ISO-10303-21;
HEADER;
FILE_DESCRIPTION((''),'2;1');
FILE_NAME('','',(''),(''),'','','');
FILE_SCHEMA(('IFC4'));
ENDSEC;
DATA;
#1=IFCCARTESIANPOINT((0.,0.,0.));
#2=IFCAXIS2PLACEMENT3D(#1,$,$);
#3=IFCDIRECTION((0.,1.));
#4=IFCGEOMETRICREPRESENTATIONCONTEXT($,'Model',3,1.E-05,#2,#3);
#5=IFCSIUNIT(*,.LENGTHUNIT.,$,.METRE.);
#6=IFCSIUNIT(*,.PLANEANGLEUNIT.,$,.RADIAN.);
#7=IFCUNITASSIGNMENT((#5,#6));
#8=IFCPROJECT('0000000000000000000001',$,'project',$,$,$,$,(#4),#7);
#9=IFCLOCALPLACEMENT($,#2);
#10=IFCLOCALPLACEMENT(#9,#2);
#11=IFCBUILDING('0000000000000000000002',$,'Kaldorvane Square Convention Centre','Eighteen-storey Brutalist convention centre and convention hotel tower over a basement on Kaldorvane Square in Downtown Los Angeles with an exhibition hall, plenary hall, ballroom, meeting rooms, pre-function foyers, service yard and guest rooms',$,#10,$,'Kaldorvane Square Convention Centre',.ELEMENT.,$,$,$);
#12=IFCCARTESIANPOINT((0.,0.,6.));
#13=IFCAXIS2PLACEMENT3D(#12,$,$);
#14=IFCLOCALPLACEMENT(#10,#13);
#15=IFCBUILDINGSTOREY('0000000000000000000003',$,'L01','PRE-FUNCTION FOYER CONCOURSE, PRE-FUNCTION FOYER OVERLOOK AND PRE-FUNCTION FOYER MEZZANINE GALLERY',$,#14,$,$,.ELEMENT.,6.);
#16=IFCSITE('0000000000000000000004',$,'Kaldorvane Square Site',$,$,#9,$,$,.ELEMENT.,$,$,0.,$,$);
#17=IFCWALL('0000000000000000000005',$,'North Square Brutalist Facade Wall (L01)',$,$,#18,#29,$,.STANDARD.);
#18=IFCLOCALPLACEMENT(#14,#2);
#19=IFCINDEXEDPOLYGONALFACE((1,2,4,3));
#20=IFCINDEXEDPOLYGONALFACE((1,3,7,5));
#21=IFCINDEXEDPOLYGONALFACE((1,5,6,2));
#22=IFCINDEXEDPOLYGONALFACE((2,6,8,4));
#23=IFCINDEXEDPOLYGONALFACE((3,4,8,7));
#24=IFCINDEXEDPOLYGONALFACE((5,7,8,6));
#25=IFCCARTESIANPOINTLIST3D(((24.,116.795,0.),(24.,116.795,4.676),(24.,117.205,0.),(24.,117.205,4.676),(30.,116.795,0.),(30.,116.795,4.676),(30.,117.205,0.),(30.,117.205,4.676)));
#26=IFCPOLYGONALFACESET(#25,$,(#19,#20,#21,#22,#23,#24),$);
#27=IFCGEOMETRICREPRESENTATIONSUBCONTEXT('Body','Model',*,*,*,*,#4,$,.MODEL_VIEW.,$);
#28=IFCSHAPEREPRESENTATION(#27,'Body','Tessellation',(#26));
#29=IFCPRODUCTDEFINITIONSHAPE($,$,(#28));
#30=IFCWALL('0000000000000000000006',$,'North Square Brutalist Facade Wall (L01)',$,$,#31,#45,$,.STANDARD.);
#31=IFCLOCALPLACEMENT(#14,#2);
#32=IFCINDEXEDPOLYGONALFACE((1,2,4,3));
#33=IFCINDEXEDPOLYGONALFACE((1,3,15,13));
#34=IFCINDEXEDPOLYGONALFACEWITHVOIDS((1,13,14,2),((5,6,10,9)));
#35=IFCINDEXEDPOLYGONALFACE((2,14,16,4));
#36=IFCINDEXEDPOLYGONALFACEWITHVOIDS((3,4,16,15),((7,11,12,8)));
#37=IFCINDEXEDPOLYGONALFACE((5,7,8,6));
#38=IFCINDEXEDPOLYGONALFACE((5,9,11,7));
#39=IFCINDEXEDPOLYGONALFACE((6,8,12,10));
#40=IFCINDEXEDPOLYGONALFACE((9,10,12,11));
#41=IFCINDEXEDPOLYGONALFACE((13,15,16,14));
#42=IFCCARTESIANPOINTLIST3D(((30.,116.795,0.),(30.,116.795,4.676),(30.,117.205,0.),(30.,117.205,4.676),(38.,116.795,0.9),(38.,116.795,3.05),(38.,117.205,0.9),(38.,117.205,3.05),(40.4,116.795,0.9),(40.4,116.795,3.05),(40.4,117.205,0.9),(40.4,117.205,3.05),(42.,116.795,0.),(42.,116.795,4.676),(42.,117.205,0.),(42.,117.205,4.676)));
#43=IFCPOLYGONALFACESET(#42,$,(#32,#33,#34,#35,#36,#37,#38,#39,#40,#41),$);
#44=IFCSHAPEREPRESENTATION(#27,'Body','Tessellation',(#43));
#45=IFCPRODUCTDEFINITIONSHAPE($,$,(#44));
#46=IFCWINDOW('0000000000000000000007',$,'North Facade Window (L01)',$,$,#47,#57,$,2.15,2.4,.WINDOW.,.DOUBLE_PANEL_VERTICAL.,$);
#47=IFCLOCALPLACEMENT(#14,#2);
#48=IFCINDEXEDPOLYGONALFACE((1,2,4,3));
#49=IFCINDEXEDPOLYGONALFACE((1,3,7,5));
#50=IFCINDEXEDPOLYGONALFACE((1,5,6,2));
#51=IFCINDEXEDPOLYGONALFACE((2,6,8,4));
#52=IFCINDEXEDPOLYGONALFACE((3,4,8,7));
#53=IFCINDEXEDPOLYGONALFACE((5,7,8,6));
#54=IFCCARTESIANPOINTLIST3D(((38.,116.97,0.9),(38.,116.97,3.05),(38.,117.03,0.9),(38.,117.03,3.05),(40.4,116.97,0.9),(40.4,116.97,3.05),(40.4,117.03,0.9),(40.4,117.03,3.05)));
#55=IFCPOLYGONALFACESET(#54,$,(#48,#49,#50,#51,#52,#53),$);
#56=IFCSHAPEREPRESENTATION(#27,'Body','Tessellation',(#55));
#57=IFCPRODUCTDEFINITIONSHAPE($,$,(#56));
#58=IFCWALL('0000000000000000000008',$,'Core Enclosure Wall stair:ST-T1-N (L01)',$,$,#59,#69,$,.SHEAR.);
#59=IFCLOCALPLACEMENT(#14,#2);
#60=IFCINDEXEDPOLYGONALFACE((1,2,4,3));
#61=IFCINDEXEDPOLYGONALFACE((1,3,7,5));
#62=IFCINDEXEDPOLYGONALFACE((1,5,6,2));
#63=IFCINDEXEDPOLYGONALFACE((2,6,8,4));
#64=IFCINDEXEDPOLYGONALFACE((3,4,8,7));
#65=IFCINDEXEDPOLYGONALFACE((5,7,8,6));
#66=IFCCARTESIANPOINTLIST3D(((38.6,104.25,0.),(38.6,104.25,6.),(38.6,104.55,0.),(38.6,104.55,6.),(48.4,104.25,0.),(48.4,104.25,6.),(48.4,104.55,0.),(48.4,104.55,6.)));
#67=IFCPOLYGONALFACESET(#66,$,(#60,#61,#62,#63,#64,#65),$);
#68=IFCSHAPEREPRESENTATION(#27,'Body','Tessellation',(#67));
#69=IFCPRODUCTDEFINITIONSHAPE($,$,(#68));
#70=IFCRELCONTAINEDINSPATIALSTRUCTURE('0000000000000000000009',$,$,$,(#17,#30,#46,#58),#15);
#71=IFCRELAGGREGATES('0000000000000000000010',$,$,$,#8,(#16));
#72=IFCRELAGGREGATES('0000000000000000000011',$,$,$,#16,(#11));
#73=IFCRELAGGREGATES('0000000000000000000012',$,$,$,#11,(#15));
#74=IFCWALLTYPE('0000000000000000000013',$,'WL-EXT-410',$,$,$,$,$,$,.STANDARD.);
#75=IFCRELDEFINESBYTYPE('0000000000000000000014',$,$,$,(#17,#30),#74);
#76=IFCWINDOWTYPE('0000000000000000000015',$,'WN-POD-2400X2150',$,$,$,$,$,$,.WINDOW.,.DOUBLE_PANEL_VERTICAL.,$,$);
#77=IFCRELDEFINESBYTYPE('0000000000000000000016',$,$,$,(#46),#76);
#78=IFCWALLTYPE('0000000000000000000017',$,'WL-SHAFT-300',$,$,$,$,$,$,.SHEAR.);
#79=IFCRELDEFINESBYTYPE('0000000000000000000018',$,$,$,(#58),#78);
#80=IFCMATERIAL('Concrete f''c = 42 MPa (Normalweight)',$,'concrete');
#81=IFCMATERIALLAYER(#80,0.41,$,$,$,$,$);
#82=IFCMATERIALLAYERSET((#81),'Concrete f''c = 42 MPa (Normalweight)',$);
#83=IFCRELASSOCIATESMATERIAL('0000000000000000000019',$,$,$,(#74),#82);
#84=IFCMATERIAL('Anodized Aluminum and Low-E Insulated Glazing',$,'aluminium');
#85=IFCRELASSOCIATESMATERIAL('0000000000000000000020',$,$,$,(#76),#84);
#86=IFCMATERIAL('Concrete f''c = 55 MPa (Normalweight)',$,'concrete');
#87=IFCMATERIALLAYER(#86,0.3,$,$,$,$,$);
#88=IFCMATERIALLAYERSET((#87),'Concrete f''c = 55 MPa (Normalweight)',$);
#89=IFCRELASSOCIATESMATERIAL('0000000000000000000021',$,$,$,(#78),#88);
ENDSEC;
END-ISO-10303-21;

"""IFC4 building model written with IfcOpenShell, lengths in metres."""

from ifc_helpers import new_model, si_unit, direction, frame, frame_2d, origin, place, context, subcontext, project, spatial, rectangle, extrude, material, layer, layer_set, type_object, element, fill, save


model = new_model("IFC4")

# Units and contexts
model_context = context("Model", 3, precision=1e-05, world=origin(), true_north=direction((0.0, 1.0)))
body_context = subcontext(model_context, "Body", "Model", "MODEL_VIEW")
ifc_project = project(units=[si_unit("LENGTHUNIT", "METRE"), si_unit("PLANEANGLEUNIT", "RADIAN")], contexts=[model_context])

# Site, building, storey
site_placement = place(None, origin())
site = spatial("IfcSite", under=ifc_project, at=site_placement, Name="Kaldorvane Square Site", CompositionType="ELEMENT", RefElevation=0.0)
building_placement = place(site_placement, origin())
building = spatial("IfcBuilding", under=site, at=building_placement, Name="Kaldorvane Square Convention Centre", Description="Eighteen-storey Brutalist convention centre and convention hotel tower over a basement on Kaldorvane Square in Downtown Los Angeles with an exhibition hall, plenary hall, ballroom, meeting rooms, pre-function foyers, service yard and guest rooms", LongName="Kaldorvane Square Convention Centre", CompositionType="ELEMENT")
storey_placement = place(building_placement, frame((0.0, 0.0, 6.0)))
storey = spatial("IfcBuildingStorey", under=building, at=storey_placement, Name="L01", Description="PRE-FUNCTION FOYER CONCOURSE, PRE-FUNCTION FOYER OVERLOOK AND PRE-FUNCTION FOYER MEZZANINE GALLERY", CompositionType="ELEMENT", Elevation=6.0)

# Shared definitions
ifc_material_1 = material(Name="Concrete f'c = 55 MPa (Normalweight)", Category="concrete")

# Shared definitions
ifc_material_2 = material(Name="Concrete f'c = 42 MPa (Normalweight)", Category="concrete")

# Shared definitions
ifc_layer_1 = layer(ifc_material_2, 0.41)
ifc_layer_set_1 = layer_set([ifc_layer_1], Name="Concrete f'c = 42 MPa (Normalweight)")
wall_type_1 = type_object("IfcWallType", Name="WL-EXT-410", PredefinedType="STANDARD", material=ifc_layer_set_1)
ifc_material_3 = material(Name="Anodized Aluminum and Low-E Insulated Glazing", Category="aluminium")
window_type = type_object("IfcWindowType", Name="WN-POD-2400X2150", PartitioningType="DOUBLE_PANEL_VERTICAL", PredefinedType="WINDOW", material=ifc_material_3)

# Wall
wall_1_placement = place(storey_placement, frame((30.0, 117.0, 0.0), z_axis=(0.0, 0.0, 1.0), x_axis=(-1.0, 0.0, 0.0)))
element("IfcWall", 1, at=wall_1_placement, inside=storey, type_object=wall_type_1, Name="North Square Brutalist Facade Wall (L01)", PredefinedType="STANDARD", context=body_context, shape_type="SweptSolid", body=[
    extrude(rectangle(XDim=6.0, YDim=0.41, at=frame_2d((3.0, 0.0))), origin(), (0.0, 0.0, 1.0), 4.676),
])

# Wall, opening, window
wall_2_placement = place(storey_placement, frame((42.0, 117.0, 0.0), z_axis=(0.0, 0.0, 1.0), x_axis=(-1.0, 0.0, 0.0)))
wall_2 = element("IfcWall", 2, at=wall_2_placement, inside=storey, type_object=wall_type_1, Name="North Square Brutalist Facade Wall (L01)", PredefinedType="STANDARD", context=body_context, shape_type="SweptSolid", body=[
    extrude(rectangle(XDim=12.0, YDim=0.41, at=frame_2d((6.0, 0.0))), origin(), (0.0, 0.0, 1.0), 4.676),
])
opening_1_placement = place(wall_2_placement, frame((1.6, 0.0, 0.9)))
opening_1 = element("IfcOpeningElement", 3, at=opening_1_placement, cuts=wall_2, PredefinedType="OPENING", context=body_context, shape_type="SweptSolid", body=[
    extrude(rectangle(XDim=2.4, YDim=2.15, at=frame_2d((1.2, 1.075))), frame((0.0, 0.22, 0.0), z_axis=(0.0, -1.0, 0.0), x_axis=(1.0, 0.0, 0.0)), (0.0, 0.0, 1.0), 0.44),
])
window_1_placement = place(opening_1_placement, origin())
window_1 = element("IfcWindow", 4, at=window_1_placement, inside=storey, type_object=window_type, Name="North Facade Window (L01)", OverallHeight=2.15, OverallWidth=2.4, PartitioningType="DOUBLE_PANEL_VERTICAL", PredefinedType="WINDOW", context=body_context, shape_type="SweptSolid", body=[
    extrude(rectangle(XDim=2.4, YDim=2.15, at=frame_2d((1.2, 1.075))), frame((0.0, 0.03, 0.0), z_axis=(0.0, -1.0, 0.0), x_axis=(1.0, 0.0, 0.0)), (0.0, 0.0, 1.0), 0.06),
])
fill(opening_1, window_1)

# Wall
ifc_layer_2 = layer(ifc_material_1, 0.3)
ifc_layer_set_2 = layer_set([ifc_layer_2], Name="Concrete f'c = 55 MPa (Normalweight)")
wall_type_2 = type_object("IfcWallType", Name="WL-SHAFT-300", PredefinedType="SHEAR", material=ifc_layer_set_2)
wall_3_placement = place(storey_placement, frame((48.4, 104.4, 0.0), z_axis=(0.0, 0.0, 1.0), x_axis=(-1.0, 0.0, 0.0)))
element("IfcWall", 5, at=wall_3_placement, inside=storey, type_object=wall_type_2, Name="Core Enclosure Wall stair:ST-T1-N (L01)", PredefinedType="SHEAR", context=body_context, shape_type="SweptSolid", body=[
    extrude(rectangle(XDim=9.8, YDim=0.3, at=frame_2d((4.9, 0.0))), origin(), (0.0, 0.0, 1.0), 6.0),
])

save(model, "model.ifc")
